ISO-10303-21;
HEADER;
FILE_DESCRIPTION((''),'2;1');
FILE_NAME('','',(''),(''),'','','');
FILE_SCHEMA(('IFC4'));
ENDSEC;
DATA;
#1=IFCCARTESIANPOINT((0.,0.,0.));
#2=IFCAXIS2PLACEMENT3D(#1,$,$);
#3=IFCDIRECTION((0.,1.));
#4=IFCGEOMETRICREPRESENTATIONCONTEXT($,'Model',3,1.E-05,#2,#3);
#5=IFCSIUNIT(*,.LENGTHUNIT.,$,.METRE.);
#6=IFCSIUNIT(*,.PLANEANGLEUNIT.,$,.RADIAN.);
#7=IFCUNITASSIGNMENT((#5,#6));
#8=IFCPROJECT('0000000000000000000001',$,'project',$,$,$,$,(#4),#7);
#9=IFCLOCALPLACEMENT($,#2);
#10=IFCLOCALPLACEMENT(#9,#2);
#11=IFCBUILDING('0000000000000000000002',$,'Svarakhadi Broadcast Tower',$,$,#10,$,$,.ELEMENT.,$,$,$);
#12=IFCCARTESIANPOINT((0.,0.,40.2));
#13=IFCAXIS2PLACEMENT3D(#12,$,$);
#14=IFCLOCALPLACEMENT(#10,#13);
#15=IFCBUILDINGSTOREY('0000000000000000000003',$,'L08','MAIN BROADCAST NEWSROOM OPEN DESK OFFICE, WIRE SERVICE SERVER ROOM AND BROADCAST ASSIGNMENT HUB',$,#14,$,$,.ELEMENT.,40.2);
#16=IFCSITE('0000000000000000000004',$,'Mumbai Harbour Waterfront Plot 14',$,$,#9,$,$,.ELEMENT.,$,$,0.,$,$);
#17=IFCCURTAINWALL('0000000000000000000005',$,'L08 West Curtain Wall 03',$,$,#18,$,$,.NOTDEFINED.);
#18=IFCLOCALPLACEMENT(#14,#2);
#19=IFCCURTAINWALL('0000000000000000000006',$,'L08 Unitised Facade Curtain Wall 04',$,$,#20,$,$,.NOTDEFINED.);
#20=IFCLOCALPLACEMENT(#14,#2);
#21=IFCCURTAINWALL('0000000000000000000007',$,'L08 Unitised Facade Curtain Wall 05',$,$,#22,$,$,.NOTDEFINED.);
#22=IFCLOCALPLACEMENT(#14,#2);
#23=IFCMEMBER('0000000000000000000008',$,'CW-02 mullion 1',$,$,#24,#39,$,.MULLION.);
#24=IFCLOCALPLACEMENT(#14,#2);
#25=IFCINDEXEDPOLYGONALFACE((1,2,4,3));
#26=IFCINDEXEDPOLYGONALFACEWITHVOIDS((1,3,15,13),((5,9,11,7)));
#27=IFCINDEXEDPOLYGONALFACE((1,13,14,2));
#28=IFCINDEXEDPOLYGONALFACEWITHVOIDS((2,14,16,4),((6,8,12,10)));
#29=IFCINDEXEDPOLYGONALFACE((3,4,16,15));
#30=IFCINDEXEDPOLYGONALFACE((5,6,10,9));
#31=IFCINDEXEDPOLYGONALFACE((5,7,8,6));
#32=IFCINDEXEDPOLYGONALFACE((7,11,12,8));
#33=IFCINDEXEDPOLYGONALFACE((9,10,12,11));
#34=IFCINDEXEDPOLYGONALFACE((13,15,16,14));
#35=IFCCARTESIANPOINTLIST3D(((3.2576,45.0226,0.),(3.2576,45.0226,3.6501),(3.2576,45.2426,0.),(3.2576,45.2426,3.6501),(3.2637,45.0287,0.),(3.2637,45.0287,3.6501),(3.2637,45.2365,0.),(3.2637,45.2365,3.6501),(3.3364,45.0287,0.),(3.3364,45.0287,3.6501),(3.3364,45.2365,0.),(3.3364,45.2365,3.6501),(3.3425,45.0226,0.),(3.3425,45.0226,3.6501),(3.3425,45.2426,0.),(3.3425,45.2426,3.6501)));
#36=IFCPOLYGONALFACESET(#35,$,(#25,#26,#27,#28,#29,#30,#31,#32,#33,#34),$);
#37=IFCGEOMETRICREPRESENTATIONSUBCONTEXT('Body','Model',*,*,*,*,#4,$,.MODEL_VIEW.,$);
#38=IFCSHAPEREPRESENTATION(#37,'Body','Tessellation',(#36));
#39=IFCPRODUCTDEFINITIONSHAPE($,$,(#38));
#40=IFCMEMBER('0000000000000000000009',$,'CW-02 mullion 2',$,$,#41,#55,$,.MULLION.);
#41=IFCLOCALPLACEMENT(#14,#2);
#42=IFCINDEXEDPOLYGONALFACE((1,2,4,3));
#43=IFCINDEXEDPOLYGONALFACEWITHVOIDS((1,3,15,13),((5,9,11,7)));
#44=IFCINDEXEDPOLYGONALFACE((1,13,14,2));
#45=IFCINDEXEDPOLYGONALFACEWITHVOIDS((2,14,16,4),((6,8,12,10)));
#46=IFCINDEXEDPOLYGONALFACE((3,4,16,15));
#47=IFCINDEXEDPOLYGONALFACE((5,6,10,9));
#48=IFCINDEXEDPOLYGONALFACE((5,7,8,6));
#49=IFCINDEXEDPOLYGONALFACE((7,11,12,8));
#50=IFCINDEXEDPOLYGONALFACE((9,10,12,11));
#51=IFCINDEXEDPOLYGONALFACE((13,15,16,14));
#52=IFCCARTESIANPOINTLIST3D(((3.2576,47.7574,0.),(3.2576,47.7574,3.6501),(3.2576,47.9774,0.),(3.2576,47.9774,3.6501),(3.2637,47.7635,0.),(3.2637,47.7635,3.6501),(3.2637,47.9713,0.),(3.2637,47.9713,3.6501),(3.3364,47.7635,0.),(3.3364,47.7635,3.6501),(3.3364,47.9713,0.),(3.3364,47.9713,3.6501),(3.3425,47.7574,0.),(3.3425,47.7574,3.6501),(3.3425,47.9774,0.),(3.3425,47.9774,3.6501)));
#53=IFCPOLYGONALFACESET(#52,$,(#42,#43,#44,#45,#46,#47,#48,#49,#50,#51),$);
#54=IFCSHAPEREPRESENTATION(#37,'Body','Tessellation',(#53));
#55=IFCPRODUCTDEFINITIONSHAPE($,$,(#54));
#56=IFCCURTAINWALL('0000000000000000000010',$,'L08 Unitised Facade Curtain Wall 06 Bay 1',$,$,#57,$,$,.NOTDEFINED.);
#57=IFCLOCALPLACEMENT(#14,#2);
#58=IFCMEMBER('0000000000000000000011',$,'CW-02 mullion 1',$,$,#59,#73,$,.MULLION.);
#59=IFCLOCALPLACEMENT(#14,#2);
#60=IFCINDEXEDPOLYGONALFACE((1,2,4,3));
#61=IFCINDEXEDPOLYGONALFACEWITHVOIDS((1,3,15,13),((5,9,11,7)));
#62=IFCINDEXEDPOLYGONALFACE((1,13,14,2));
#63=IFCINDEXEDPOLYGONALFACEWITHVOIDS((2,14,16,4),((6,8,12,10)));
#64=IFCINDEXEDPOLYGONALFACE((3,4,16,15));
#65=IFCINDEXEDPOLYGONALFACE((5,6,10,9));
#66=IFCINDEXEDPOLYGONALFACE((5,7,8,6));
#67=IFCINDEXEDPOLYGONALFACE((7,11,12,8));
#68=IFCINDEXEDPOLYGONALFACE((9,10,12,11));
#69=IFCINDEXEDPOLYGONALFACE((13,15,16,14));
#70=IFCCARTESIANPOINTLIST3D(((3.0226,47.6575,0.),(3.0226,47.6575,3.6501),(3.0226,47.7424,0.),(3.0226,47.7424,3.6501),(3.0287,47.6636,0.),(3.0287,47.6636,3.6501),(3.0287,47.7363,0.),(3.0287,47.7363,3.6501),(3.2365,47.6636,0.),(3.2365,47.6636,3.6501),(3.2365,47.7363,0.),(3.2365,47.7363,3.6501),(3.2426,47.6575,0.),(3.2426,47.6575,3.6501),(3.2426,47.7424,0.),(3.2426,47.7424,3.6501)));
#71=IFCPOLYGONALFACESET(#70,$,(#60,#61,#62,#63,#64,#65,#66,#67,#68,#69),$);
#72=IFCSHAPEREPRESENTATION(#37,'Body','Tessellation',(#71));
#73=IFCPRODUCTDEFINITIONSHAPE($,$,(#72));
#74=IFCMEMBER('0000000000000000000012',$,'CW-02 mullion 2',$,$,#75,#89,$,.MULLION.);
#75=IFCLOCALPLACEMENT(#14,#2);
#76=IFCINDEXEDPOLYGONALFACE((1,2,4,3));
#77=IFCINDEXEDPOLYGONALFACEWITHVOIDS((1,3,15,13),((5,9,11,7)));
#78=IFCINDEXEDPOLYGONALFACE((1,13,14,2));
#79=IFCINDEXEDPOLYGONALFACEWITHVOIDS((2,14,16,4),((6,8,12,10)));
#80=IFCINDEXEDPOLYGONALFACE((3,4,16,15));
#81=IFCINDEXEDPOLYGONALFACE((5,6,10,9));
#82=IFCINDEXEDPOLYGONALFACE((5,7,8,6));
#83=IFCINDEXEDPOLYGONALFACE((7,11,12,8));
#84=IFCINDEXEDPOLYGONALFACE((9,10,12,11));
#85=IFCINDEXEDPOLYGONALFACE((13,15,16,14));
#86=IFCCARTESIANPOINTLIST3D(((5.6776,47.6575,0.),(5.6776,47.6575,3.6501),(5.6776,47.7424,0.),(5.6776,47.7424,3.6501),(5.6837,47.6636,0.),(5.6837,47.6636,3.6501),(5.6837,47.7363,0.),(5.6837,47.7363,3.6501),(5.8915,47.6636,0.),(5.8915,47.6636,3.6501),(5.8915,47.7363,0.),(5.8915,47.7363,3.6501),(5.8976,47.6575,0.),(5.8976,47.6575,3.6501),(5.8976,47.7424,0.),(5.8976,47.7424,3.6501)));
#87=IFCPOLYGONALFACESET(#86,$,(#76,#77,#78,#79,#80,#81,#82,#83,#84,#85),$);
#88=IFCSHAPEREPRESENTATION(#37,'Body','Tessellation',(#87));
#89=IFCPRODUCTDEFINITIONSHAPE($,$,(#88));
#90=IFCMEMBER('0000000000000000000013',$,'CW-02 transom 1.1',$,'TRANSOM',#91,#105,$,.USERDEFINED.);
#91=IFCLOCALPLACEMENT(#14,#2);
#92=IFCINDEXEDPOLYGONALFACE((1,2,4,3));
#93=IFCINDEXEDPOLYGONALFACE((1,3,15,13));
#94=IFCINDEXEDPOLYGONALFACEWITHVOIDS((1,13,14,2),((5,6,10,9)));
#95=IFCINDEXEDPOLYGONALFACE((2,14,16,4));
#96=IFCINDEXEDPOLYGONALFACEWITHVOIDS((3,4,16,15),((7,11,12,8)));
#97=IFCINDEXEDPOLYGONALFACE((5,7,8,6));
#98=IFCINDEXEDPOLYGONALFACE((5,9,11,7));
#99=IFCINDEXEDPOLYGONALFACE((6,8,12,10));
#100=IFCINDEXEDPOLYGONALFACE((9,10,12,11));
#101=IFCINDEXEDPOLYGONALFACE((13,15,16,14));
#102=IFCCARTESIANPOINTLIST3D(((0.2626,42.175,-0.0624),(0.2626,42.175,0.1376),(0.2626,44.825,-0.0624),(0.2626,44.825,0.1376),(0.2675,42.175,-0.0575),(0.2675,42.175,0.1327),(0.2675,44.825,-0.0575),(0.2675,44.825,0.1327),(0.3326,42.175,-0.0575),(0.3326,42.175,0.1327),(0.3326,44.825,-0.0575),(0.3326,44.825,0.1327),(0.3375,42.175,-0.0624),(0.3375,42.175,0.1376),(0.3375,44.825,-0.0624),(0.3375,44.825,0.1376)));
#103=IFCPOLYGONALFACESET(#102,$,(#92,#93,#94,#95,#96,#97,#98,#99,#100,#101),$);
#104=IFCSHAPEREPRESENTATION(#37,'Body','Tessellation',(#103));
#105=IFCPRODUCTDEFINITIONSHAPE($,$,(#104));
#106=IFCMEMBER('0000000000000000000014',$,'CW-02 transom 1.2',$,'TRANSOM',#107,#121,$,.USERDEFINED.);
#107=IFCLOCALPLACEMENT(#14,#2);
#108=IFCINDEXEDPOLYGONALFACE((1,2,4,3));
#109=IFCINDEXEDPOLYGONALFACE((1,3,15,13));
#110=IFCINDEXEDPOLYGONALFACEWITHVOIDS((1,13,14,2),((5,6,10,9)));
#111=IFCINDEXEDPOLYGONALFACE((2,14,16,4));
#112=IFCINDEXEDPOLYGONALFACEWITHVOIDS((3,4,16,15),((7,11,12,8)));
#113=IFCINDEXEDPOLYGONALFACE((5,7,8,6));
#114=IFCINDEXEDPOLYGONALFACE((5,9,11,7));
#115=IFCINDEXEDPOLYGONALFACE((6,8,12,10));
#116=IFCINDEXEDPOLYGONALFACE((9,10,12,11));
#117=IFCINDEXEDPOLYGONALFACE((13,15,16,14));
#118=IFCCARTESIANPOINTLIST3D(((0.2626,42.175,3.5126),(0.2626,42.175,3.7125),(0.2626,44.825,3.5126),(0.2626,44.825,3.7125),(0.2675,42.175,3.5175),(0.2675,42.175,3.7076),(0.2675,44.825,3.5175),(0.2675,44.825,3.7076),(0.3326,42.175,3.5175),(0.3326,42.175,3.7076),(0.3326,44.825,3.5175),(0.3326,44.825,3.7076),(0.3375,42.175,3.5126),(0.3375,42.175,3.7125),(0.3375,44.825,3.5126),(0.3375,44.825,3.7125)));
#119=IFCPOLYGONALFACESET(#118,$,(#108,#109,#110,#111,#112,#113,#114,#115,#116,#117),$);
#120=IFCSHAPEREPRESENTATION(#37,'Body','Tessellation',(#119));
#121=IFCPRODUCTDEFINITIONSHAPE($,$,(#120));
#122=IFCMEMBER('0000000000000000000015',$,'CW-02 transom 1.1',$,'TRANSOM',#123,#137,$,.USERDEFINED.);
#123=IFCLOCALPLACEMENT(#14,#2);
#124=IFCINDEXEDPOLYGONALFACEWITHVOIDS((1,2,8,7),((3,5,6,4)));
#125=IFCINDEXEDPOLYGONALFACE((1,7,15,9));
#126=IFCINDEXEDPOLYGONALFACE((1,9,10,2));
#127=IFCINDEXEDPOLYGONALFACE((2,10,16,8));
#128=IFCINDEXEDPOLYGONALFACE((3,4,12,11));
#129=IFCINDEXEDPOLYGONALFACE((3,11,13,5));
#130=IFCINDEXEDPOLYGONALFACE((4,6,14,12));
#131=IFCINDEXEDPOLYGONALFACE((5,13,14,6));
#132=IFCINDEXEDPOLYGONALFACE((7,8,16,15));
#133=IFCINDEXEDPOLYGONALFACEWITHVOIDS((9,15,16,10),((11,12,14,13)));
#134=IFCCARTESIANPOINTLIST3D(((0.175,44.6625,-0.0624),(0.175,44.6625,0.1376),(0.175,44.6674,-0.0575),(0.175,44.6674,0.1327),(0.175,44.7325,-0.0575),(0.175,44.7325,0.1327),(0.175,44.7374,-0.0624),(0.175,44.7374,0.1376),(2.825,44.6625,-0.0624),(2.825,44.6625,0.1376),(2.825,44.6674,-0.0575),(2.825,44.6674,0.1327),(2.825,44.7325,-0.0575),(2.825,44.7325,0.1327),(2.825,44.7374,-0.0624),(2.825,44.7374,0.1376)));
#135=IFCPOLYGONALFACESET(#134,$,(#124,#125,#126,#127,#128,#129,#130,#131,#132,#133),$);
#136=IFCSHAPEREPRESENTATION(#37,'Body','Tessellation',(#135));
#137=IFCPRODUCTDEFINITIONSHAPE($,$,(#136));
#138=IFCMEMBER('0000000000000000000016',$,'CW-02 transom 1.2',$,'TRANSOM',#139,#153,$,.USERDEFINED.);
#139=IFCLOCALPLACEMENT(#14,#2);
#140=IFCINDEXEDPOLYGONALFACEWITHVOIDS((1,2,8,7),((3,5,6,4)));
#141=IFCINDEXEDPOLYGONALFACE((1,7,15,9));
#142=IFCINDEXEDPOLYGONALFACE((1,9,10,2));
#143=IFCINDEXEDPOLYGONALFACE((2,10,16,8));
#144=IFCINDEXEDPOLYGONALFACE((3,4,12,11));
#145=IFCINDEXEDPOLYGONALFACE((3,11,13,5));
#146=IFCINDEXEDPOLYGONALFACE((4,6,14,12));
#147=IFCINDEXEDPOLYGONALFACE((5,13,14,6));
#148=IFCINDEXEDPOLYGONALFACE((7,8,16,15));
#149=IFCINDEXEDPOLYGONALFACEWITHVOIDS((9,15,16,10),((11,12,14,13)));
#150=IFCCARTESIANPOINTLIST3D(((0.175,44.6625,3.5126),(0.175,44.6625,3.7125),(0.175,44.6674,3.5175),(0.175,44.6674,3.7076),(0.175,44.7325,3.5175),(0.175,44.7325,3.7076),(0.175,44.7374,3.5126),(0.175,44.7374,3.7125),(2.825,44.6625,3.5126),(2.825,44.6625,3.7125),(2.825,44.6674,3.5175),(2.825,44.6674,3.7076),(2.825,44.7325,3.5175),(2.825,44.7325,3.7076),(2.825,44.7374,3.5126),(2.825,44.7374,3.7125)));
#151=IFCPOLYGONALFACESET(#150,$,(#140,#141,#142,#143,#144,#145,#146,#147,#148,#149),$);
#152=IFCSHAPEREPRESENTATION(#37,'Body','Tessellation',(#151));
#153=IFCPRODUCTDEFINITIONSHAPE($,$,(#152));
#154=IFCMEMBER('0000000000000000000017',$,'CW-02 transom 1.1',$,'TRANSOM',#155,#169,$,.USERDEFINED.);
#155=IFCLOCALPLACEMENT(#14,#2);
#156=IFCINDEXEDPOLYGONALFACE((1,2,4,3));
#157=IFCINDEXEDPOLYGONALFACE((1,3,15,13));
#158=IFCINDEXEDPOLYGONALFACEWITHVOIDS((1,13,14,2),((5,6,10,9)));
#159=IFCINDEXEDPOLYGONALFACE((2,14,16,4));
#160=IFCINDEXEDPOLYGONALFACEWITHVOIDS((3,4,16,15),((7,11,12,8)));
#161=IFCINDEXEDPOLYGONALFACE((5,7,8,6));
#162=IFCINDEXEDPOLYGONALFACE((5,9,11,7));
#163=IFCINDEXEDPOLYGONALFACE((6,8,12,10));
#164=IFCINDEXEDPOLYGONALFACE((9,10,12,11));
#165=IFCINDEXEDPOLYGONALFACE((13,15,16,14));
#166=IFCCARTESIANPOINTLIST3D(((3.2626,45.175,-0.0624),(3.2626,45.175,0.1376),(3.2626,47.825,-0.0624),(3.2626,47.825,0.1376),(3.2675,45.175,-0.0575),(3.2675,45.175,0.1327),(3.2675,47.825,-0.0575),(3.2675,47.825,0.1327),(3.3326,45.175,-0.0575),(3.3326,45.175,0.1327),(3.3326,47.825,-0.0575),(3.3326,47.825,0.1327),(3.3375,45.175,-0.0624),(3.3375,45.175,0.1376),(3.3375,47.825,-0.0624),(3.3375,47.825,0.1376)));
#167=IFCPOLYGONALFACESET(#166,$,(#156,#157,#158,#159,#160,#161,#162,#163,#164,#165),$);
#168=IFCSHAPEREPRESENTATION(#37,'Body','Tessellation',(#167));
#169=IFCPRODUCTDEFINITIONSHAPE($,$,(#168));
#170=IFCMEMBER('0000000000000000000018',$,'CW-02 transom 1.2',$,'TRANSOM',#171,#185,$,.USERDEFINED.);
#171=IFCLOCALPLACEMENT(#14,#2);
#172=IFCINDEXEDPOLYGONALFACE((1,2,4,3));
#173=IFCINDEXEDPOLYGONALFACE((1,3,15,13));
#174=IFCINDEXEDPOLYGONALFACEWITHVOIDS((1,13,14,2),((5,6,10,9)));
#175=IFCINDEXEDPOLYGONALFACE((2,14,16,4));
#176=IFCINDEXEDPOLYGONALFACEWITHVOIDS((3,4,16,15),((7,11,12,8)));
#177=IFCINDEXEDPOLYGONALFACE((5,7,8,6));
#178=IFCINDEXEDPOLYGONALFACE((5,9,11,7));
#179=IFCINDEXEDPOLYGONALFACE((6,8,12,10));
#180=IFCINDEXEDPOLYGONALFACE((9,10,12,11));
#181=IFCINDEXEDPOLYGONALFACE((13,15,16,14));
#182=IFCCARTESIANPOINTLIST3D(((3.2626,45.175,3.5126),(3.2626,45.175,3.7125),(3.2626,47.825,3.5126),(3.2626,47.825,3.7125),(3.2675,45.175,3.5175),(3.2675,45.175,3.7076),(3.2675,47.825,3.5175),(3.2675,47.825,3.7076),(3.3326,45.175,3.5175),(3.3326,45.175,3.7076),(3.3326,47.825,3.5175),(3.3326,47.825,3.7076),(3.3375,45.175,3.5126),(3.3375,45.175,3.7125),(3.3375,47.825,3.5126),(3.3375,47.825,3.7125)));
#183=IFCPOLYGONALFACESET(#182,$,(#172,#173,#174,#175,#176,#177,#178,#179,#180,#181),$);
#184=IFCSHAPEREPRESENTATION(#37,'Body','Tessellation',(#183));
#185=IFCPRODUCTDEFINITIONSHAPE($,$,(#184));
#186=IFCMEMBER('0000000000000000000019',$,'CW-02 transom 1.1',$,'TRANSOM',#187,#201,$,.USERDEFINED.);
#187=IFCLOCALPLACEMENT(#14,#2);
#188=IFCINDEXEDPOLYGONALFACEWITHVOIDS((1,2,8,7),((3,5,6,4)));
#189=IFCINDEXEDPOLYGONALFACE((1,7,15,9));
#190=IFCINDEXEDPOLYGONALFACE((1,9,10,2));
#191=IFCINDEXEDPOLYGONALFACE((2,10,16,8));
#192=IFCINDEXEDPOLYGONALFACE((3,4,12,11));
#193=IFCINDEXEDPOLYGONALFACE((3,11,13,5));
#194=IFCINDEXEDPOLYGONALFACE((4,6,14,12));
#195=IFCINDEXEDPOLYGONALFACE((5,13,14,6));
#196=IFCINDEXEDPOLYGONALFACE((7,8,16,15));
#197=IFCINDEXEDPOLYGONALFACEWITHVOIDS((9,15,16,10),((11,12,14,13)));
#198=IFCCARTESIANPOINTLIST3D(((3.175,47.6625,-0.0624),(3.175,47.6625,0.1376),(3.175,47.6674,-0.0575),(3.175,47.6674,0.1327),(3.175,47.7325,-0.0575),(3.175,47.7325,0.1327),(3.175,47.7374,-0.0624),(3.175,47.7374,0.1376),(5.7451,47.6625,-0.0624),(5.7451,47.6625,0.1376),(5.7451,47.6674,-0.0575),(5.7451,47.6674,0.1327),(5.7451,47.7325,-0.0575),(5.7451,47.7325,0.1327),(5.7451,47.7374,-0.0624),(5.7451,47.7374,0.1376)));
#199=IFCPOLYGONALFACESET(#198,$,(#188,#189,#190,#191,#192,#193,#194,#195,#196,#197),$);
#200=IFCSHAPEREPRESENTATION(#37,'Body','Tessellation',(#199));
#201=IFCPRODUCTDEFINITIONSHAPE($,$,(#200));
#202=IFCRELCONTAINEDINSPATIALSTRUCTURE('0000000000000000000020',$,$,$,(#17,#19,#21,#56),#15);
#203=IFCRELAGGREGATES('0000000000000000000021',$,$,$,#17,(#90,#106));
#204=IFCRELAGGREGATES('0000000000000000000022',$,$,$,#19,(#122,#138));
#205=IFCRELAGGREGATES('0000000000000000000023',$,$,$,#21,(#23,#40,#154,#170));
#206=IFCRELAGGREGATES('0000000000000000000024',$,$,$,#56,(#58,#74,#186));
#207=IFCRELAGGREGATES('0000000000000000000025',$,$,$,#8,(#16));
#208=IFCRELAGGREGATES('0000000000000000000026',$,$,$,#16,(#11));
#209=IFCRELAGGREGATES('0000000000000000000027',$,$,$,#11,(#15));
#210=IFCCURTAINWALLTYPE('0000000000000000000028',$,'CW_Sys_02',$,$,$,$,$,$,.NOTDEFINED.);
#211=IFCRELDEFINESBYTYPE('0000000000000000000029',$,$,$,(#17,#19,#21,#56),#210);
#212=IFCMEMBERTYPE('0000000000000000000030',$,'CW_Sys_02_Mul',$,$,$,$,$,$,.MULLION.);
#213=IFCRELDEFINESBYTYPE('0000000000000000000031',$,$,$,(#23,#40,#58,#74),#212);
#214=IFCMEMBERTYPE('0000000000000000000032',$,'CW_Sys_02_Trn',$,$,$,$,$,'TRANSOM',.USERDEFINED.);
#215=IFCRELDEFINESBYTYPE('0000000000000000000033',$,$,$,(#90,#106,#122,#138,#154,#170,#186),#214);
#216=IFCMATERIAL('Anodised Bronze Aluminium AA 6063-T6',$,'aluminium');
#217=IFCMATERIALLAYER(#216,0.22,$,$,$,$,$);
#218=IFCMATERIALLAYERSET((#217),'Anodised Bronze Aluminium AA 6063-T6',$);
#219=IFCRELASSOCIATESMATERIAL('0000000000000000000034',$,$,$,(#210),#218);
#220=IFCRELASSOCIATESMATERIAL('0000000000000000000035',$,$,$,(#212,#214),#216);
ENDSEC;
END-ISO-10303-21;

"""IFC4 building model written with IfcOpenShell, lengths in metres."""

from ifc_helpers import new_model, si_unit, direction, frame, origin, origin_2d, place, context, subcontext, project, spatial, hollow_rectangle, extrude, material, layer, layer_set, material_profile, profile_set, type_object, element, aggregate, save


model = new_model("IFC4")

# Units and contexts
model_context = context("Model", 3, precision=1e-05, world=origin(), true_north=direction((0.0, 1.0)))
body_context = subcontext(model_context, "Body", "Model", "MODEL_VIEW")
ifc_project = project(units=[si_unit("LENGTHUNIT", "METRE"), si_unit("PLANEANGLEUNIT", "RADIAN")], contexts=[model_context])

# Site, building, storey
site_placement = place(None, origin())
site = spatial("IfcSite", under=ifc_project, at=site_placement, Name="Mumbai Harbour Waterfront Plot 14", CompositionType="ELEMENT", RefElevation=0.0)
building_placement = place(site_placement, origin())
building = spatial("IfcBuilding", under=site, at=building_placement, Name="Svarakhadi Broadcast Tower", CompositionType="ELEMENT")
storey_placement = place(building_placement, frame((0.0, 0.0, 40.2)))
storey = spatial("IfcBuildingStorey", under=building, at=storey_placement, Name="L08", Description="MAIN BROADCAST NEWSROOM OPEN DESK OFFICE, WIRE SERVICE SERVER ROOM AND BROADCAST ASSIGNMENT HUB", CompositionType="ELEMENT", Elevation=40.2)

# Curtain walls, members
ifc_material_1 = material(Name="Anodised Bronze Aluminium AA 6063-T6", Category="aluminium")
ifc_layer_1 = layer(ifc_material_1, 0.22)
ifc_layer_set_1 = layer_set([ifc_layer_1], Name="Anodised Bronze Aluminium AA 6063-T6")
curtain_wall_type = type_object("IfcCurtainWallType", Name="CW_Sys_02", PredefinedType="NOTDEFINED", material=ifc_layer_set_1)
curtain_wall_1_placement = place(storey_placement, origin())
curtain_wall_1 = element("IfcCurtainWall", 1, at=curtain_wall_1_placement, inside=storey, type_object=curtain_wall_type, Name="L08 West Curtain Wall 03", PredefinedType="NOTDEFINED")
ifc_material_profile_1 = material_profile(ifc_material_1, hollow_rectangle(XDim=0.085, YDim=0.22, WallThickness=0.0061, at=origin_2d()), Name="ALU MULLION 220x85x6")
ifc_profile_set_1 = profile_set([ifc_material_profile_1], Name="Anodised Bronze Aluminium AA 6063-T6")
member_type_1 = type_object("IfcMemberType", Name="CW_Sys_02_Mul", PredefinedType="MULLION", material=ifc_profile_set_1)
curtain_wall_2_placement = place(storey_placement, origin())
curtain_wall_2 = element("IfcCurtainWall", 2, at=curtain_wall_2_placement, inside=storey, type_object=curtain_wall_type, Name="L08 Unitised Facade Curtain Wall 04", PredefinedType="NOTDEFINED")
curtain_wall_3_placement = place(storey_placement, origin())
curtain_wall_3 = element("IfcCurtainWall", 3, at=curtain_wall_3_placement, inside=storey, type_object=curtain_wall_type, Name="L08 Unitised Facade Curtain Wall 05", PredefinedType="NOTDEFINED")
member_1_placement = place(storey_placement, frame((3.3, 45.1326, 0.0), z_axis=(0.0, 0.0, 1.0), x_axis=(-1.0, 0.0, 0.0)))
member_1 = element("IfcMember", 4, at=member_1_placement, type_object=member_type_1, Name="CW-02 mullion 1", PredefinedType="MULLION", context=body_context, shape_type="SweptSolid", body=[
    extrude(hollow_rectangle(XDim=0.085, YDim=0.22, WallThickness=0.0061, at=origin_2d()), origin(), (0.0, 0.0, 1.0), 3.6501),
])
member_2_placement = place(storey_placement, frame((3.3, 47.8674, 0.0), z_axis=(0.0, 0.0, 1.0), x_axis=(-1.0, 0.0, 0.0)))
member_2 = element("IfcMember", 5, at=member_2_placement, type_object=member_type_1, Name="CW-02 mullion 2", PredefinedType="MULLION", context=body_context, shape_type="SweptSolid", body=[
    extrude(hollow_rectangle(XDim=0.085, YDim=0.22, WallThickness=0.0061, at=origin_2d()), origin(), (0.0, 0.0, 1.0), 3.6501),
])
curtain_wall_4_placement = place(storey_placement, origin())
curtain_wall_4 = element("IfcCurtainWall", 6, at=curtain_wall_4_placement, inside=storey, type_object=curtain_wall_type, Name="L08 Unitised Facade Curtain Wall 06 Bay 1", PredefinedType="NOTDEFINED")
member_3_placement = place(storey_placement, frame((3.1326, 47.7, 0.0), z_axis=(0.0, 0.0, 1.0), x_axis=(0.0, 1.0, 0.0)))
member_3 = element("IfcMember", 7, at=member_3_placement, type_object=member_type_1, Name="CW-02 mullion 1", PredefinedType="MULLION", context=body_context, shape_type="SweptSolid", body=[
    extrude(hollow_rectangle(XDim=0.085, YDim=0.22, WallThickness=0.0061, at=origin_2d()), origin(), (0.0, 0.0, 1.0), 3.6501),
])
member_4_placement = place(storey_placement, frame((5.7876, 47.7, 0.0), z_axis=(0.0, 0.0, 1.0), x_axis=(0.0, 1.0, 0.0)))
member_4 = element("IfcMember", 8, at=member_4_placement, type_object=member_type_1, Name="CW-02 mullion 2", PredefinedType="MULLION", context=body_context, shape_type="SweptSolid", body=[
    extrude(hollow_rectangle(XDim=0.085, YDim=0.22, WallThickness=0.0061, at=origin_2d()), origin(), (0.0, 0.0, 1.0), 3.6501),
])

# Members
ifc_material_profile_2 = material_profile(ifc_material_1, hollow_rectangle(XDim=0.075, YDim=0.2, WallThickness=0.0049, at=origin_2d()), Name="ALU TRANSOM 200x75x5")
ifc_profile_set_2 = profile_set([ifc_material_profile_2], Name="Anodised Bronze Aluminium AA 6063-T6")
member_type_2 = type_object("IfcMemberType", Name="CW_Sys_02_Trn", ElementType="TRANSOM", PredefinedType="USERDEFINED", material=ifc_profile_set_2)
member_5_placement = place(storey_placement, frame((0.3, 42.175, 0.0376), z_axis=(0.0, 1.0, 0.0), x_axis=(-1.0, 0.0, 0.0)))
member_5 = element("IfcMember", 9, at=member_5_placement, type_object=member_type_2, Name="CW-02 transom 1.1", ObjectType="TRANSOM", PredefinedType="USERDEFINED", context=body_context, shape_type="SweptSolid", body=[
    extrude(hollow_rectangle(XDim=0.075, YDim=0.2, WallThickness=0.0049, at=origin_2d()), origin(), (0.0, 0.0, 1.0), 2.6499),
])
member_6_placement = place(storey_placement, frame((0.3, 42.175, 3.6125), z_axis=(0.0, 1.0, 0.0), x_axis=(-1.0, 0.0, 0.0)))
member_6 = element("IfcMember", 10, at=member_6_placement, type_object=member_type_2, Name="CW-02 transom 1.2", ObjectType="TRANSOM", PredefinedType="USERDEFINED", context=body_context, shape_type="SweptSolid", body=[
    extrude(hollow_rectangle(XDim=0.075, YDim=0.2, WallThickness=0.0049, at=origin_2d()), origin(), (0.0, 0.0, 1.0), 2.6499),
])
member_7_placement = place(storey_placement, frame((0.175, 44.7, 0.0376), z_axis=(1.0, 0.0, 0.0), x_axis=(0.0, 1.0, 0.0)))
member_7 = element("IfcMember", 11, at=member_7_placement, type_object=member_type_2, Name="CW-02 transom 1.1", ObjectType="TRANSOM", PredefinedType="USERDEFINED", context=body_context, shape_type="SweptSolid", body=[
    extrude(hollow_rectangle(XDim=0.075, YDim=0.2, WallThickness=0.0049, at=origin_2d()), origin(), (0.0, 0.0, 1.0), 2.6499),
])
member_8_placement = place(storey_placement, frame((0.175, 44.7, 3.6125), z_axis=(1.0, 0.0, 0.0), x_axis=(0.0, 1.0, 0.0)))
member_8 = element("IfcMember", 12, at=member_8_placement, type_object=member_type_2, Name="CW-02 transom 1.2", ObjectType="TRANSOM", PredefinedType="USERDEFINED", context=body_context, shape_type="SweptSolid", body=[
    extrude(hollow_rectangle(XDim=0.075, YDim=0.2, WallThickness=0.0049, at=origin_2d()), origin(), (0.0, 0.0, 1.0), 2.6499),
])
member_9_placement = place(storey_placement, frame((3.3, 45.175, 0.0376), z_axis=(0.0, 1.0, 0.0), x_axis=(-1.0, 0.0, 0.0)))
member_9 = element("IfcMember", 13, at=member_9_placement, type_object=member_type_2, Name="CW-02 transom 1.1", ObjectType="TRANSOM", PredefinedType="USERDEFINED", context=body_context, shape_type="SweptSolid", body=[
    extrude(hollow_rectangle(XDim=0.075, YDim=0.2, WallThickness=0.0049, at=origin_2d()), origin(), (0.0, 0.0, 1.0), 2.6499),
])
member_10_placement = place(storey_placement, frame((3.3, 45.175, 3.6125), z_axis=(0.0, 1.0, 0.0), x_axis=(-1.0, 0.0, 0.0)))
member_10 = element("IfcMember", 14, at=member_10_placement, type_object=member_type_2, Name="CW-02 transom 1.2", ObjectType="TRANSOM", PredefinedType="USERDEFINED", context=body_context, shape_type="SweptSolid", body=[
    extrude(hollow_rectangle(XDim=0.075, YDim=0.2, WallThickness=0.0049, at=origin_2d()), origin(), (0.0, 0.0, 1.0), 2.6499),
])
member_11_placement = place(storey_placement, frame((3.175, 47.7, 0.0376), z_axis=(1.0, 0.0, 0.0), x_axis=(0.0, 1.0, 0.0)))
member_11 = element("IfcMember", 15, at=member_11_placement, type_object=member_type_2, Name="CW-02 transom 1.1", ObjectType="TRANSOM", PredefinedType="USERDEFINED", context=body_context, shape_type="SweptSolid", body=[
    extrude(hollow_rectangle(XDim=0.075, YDim=0.2, WallThickness=0.0049, at=origin_2d()), origin(), (0.0, 0.0, 1.0), 2.5701),
])

aggregate(curtain_wall_1, [member_5, member_6])
aggregate(curtain_wall_2, [member_7, member_8])
aggregate(curtain_wall_3, [member_1, member_2, member_9, member_10])
aggregate(curtain_wall_4, [member_3, member_4, member_11])

save(model, "model.ifc")
